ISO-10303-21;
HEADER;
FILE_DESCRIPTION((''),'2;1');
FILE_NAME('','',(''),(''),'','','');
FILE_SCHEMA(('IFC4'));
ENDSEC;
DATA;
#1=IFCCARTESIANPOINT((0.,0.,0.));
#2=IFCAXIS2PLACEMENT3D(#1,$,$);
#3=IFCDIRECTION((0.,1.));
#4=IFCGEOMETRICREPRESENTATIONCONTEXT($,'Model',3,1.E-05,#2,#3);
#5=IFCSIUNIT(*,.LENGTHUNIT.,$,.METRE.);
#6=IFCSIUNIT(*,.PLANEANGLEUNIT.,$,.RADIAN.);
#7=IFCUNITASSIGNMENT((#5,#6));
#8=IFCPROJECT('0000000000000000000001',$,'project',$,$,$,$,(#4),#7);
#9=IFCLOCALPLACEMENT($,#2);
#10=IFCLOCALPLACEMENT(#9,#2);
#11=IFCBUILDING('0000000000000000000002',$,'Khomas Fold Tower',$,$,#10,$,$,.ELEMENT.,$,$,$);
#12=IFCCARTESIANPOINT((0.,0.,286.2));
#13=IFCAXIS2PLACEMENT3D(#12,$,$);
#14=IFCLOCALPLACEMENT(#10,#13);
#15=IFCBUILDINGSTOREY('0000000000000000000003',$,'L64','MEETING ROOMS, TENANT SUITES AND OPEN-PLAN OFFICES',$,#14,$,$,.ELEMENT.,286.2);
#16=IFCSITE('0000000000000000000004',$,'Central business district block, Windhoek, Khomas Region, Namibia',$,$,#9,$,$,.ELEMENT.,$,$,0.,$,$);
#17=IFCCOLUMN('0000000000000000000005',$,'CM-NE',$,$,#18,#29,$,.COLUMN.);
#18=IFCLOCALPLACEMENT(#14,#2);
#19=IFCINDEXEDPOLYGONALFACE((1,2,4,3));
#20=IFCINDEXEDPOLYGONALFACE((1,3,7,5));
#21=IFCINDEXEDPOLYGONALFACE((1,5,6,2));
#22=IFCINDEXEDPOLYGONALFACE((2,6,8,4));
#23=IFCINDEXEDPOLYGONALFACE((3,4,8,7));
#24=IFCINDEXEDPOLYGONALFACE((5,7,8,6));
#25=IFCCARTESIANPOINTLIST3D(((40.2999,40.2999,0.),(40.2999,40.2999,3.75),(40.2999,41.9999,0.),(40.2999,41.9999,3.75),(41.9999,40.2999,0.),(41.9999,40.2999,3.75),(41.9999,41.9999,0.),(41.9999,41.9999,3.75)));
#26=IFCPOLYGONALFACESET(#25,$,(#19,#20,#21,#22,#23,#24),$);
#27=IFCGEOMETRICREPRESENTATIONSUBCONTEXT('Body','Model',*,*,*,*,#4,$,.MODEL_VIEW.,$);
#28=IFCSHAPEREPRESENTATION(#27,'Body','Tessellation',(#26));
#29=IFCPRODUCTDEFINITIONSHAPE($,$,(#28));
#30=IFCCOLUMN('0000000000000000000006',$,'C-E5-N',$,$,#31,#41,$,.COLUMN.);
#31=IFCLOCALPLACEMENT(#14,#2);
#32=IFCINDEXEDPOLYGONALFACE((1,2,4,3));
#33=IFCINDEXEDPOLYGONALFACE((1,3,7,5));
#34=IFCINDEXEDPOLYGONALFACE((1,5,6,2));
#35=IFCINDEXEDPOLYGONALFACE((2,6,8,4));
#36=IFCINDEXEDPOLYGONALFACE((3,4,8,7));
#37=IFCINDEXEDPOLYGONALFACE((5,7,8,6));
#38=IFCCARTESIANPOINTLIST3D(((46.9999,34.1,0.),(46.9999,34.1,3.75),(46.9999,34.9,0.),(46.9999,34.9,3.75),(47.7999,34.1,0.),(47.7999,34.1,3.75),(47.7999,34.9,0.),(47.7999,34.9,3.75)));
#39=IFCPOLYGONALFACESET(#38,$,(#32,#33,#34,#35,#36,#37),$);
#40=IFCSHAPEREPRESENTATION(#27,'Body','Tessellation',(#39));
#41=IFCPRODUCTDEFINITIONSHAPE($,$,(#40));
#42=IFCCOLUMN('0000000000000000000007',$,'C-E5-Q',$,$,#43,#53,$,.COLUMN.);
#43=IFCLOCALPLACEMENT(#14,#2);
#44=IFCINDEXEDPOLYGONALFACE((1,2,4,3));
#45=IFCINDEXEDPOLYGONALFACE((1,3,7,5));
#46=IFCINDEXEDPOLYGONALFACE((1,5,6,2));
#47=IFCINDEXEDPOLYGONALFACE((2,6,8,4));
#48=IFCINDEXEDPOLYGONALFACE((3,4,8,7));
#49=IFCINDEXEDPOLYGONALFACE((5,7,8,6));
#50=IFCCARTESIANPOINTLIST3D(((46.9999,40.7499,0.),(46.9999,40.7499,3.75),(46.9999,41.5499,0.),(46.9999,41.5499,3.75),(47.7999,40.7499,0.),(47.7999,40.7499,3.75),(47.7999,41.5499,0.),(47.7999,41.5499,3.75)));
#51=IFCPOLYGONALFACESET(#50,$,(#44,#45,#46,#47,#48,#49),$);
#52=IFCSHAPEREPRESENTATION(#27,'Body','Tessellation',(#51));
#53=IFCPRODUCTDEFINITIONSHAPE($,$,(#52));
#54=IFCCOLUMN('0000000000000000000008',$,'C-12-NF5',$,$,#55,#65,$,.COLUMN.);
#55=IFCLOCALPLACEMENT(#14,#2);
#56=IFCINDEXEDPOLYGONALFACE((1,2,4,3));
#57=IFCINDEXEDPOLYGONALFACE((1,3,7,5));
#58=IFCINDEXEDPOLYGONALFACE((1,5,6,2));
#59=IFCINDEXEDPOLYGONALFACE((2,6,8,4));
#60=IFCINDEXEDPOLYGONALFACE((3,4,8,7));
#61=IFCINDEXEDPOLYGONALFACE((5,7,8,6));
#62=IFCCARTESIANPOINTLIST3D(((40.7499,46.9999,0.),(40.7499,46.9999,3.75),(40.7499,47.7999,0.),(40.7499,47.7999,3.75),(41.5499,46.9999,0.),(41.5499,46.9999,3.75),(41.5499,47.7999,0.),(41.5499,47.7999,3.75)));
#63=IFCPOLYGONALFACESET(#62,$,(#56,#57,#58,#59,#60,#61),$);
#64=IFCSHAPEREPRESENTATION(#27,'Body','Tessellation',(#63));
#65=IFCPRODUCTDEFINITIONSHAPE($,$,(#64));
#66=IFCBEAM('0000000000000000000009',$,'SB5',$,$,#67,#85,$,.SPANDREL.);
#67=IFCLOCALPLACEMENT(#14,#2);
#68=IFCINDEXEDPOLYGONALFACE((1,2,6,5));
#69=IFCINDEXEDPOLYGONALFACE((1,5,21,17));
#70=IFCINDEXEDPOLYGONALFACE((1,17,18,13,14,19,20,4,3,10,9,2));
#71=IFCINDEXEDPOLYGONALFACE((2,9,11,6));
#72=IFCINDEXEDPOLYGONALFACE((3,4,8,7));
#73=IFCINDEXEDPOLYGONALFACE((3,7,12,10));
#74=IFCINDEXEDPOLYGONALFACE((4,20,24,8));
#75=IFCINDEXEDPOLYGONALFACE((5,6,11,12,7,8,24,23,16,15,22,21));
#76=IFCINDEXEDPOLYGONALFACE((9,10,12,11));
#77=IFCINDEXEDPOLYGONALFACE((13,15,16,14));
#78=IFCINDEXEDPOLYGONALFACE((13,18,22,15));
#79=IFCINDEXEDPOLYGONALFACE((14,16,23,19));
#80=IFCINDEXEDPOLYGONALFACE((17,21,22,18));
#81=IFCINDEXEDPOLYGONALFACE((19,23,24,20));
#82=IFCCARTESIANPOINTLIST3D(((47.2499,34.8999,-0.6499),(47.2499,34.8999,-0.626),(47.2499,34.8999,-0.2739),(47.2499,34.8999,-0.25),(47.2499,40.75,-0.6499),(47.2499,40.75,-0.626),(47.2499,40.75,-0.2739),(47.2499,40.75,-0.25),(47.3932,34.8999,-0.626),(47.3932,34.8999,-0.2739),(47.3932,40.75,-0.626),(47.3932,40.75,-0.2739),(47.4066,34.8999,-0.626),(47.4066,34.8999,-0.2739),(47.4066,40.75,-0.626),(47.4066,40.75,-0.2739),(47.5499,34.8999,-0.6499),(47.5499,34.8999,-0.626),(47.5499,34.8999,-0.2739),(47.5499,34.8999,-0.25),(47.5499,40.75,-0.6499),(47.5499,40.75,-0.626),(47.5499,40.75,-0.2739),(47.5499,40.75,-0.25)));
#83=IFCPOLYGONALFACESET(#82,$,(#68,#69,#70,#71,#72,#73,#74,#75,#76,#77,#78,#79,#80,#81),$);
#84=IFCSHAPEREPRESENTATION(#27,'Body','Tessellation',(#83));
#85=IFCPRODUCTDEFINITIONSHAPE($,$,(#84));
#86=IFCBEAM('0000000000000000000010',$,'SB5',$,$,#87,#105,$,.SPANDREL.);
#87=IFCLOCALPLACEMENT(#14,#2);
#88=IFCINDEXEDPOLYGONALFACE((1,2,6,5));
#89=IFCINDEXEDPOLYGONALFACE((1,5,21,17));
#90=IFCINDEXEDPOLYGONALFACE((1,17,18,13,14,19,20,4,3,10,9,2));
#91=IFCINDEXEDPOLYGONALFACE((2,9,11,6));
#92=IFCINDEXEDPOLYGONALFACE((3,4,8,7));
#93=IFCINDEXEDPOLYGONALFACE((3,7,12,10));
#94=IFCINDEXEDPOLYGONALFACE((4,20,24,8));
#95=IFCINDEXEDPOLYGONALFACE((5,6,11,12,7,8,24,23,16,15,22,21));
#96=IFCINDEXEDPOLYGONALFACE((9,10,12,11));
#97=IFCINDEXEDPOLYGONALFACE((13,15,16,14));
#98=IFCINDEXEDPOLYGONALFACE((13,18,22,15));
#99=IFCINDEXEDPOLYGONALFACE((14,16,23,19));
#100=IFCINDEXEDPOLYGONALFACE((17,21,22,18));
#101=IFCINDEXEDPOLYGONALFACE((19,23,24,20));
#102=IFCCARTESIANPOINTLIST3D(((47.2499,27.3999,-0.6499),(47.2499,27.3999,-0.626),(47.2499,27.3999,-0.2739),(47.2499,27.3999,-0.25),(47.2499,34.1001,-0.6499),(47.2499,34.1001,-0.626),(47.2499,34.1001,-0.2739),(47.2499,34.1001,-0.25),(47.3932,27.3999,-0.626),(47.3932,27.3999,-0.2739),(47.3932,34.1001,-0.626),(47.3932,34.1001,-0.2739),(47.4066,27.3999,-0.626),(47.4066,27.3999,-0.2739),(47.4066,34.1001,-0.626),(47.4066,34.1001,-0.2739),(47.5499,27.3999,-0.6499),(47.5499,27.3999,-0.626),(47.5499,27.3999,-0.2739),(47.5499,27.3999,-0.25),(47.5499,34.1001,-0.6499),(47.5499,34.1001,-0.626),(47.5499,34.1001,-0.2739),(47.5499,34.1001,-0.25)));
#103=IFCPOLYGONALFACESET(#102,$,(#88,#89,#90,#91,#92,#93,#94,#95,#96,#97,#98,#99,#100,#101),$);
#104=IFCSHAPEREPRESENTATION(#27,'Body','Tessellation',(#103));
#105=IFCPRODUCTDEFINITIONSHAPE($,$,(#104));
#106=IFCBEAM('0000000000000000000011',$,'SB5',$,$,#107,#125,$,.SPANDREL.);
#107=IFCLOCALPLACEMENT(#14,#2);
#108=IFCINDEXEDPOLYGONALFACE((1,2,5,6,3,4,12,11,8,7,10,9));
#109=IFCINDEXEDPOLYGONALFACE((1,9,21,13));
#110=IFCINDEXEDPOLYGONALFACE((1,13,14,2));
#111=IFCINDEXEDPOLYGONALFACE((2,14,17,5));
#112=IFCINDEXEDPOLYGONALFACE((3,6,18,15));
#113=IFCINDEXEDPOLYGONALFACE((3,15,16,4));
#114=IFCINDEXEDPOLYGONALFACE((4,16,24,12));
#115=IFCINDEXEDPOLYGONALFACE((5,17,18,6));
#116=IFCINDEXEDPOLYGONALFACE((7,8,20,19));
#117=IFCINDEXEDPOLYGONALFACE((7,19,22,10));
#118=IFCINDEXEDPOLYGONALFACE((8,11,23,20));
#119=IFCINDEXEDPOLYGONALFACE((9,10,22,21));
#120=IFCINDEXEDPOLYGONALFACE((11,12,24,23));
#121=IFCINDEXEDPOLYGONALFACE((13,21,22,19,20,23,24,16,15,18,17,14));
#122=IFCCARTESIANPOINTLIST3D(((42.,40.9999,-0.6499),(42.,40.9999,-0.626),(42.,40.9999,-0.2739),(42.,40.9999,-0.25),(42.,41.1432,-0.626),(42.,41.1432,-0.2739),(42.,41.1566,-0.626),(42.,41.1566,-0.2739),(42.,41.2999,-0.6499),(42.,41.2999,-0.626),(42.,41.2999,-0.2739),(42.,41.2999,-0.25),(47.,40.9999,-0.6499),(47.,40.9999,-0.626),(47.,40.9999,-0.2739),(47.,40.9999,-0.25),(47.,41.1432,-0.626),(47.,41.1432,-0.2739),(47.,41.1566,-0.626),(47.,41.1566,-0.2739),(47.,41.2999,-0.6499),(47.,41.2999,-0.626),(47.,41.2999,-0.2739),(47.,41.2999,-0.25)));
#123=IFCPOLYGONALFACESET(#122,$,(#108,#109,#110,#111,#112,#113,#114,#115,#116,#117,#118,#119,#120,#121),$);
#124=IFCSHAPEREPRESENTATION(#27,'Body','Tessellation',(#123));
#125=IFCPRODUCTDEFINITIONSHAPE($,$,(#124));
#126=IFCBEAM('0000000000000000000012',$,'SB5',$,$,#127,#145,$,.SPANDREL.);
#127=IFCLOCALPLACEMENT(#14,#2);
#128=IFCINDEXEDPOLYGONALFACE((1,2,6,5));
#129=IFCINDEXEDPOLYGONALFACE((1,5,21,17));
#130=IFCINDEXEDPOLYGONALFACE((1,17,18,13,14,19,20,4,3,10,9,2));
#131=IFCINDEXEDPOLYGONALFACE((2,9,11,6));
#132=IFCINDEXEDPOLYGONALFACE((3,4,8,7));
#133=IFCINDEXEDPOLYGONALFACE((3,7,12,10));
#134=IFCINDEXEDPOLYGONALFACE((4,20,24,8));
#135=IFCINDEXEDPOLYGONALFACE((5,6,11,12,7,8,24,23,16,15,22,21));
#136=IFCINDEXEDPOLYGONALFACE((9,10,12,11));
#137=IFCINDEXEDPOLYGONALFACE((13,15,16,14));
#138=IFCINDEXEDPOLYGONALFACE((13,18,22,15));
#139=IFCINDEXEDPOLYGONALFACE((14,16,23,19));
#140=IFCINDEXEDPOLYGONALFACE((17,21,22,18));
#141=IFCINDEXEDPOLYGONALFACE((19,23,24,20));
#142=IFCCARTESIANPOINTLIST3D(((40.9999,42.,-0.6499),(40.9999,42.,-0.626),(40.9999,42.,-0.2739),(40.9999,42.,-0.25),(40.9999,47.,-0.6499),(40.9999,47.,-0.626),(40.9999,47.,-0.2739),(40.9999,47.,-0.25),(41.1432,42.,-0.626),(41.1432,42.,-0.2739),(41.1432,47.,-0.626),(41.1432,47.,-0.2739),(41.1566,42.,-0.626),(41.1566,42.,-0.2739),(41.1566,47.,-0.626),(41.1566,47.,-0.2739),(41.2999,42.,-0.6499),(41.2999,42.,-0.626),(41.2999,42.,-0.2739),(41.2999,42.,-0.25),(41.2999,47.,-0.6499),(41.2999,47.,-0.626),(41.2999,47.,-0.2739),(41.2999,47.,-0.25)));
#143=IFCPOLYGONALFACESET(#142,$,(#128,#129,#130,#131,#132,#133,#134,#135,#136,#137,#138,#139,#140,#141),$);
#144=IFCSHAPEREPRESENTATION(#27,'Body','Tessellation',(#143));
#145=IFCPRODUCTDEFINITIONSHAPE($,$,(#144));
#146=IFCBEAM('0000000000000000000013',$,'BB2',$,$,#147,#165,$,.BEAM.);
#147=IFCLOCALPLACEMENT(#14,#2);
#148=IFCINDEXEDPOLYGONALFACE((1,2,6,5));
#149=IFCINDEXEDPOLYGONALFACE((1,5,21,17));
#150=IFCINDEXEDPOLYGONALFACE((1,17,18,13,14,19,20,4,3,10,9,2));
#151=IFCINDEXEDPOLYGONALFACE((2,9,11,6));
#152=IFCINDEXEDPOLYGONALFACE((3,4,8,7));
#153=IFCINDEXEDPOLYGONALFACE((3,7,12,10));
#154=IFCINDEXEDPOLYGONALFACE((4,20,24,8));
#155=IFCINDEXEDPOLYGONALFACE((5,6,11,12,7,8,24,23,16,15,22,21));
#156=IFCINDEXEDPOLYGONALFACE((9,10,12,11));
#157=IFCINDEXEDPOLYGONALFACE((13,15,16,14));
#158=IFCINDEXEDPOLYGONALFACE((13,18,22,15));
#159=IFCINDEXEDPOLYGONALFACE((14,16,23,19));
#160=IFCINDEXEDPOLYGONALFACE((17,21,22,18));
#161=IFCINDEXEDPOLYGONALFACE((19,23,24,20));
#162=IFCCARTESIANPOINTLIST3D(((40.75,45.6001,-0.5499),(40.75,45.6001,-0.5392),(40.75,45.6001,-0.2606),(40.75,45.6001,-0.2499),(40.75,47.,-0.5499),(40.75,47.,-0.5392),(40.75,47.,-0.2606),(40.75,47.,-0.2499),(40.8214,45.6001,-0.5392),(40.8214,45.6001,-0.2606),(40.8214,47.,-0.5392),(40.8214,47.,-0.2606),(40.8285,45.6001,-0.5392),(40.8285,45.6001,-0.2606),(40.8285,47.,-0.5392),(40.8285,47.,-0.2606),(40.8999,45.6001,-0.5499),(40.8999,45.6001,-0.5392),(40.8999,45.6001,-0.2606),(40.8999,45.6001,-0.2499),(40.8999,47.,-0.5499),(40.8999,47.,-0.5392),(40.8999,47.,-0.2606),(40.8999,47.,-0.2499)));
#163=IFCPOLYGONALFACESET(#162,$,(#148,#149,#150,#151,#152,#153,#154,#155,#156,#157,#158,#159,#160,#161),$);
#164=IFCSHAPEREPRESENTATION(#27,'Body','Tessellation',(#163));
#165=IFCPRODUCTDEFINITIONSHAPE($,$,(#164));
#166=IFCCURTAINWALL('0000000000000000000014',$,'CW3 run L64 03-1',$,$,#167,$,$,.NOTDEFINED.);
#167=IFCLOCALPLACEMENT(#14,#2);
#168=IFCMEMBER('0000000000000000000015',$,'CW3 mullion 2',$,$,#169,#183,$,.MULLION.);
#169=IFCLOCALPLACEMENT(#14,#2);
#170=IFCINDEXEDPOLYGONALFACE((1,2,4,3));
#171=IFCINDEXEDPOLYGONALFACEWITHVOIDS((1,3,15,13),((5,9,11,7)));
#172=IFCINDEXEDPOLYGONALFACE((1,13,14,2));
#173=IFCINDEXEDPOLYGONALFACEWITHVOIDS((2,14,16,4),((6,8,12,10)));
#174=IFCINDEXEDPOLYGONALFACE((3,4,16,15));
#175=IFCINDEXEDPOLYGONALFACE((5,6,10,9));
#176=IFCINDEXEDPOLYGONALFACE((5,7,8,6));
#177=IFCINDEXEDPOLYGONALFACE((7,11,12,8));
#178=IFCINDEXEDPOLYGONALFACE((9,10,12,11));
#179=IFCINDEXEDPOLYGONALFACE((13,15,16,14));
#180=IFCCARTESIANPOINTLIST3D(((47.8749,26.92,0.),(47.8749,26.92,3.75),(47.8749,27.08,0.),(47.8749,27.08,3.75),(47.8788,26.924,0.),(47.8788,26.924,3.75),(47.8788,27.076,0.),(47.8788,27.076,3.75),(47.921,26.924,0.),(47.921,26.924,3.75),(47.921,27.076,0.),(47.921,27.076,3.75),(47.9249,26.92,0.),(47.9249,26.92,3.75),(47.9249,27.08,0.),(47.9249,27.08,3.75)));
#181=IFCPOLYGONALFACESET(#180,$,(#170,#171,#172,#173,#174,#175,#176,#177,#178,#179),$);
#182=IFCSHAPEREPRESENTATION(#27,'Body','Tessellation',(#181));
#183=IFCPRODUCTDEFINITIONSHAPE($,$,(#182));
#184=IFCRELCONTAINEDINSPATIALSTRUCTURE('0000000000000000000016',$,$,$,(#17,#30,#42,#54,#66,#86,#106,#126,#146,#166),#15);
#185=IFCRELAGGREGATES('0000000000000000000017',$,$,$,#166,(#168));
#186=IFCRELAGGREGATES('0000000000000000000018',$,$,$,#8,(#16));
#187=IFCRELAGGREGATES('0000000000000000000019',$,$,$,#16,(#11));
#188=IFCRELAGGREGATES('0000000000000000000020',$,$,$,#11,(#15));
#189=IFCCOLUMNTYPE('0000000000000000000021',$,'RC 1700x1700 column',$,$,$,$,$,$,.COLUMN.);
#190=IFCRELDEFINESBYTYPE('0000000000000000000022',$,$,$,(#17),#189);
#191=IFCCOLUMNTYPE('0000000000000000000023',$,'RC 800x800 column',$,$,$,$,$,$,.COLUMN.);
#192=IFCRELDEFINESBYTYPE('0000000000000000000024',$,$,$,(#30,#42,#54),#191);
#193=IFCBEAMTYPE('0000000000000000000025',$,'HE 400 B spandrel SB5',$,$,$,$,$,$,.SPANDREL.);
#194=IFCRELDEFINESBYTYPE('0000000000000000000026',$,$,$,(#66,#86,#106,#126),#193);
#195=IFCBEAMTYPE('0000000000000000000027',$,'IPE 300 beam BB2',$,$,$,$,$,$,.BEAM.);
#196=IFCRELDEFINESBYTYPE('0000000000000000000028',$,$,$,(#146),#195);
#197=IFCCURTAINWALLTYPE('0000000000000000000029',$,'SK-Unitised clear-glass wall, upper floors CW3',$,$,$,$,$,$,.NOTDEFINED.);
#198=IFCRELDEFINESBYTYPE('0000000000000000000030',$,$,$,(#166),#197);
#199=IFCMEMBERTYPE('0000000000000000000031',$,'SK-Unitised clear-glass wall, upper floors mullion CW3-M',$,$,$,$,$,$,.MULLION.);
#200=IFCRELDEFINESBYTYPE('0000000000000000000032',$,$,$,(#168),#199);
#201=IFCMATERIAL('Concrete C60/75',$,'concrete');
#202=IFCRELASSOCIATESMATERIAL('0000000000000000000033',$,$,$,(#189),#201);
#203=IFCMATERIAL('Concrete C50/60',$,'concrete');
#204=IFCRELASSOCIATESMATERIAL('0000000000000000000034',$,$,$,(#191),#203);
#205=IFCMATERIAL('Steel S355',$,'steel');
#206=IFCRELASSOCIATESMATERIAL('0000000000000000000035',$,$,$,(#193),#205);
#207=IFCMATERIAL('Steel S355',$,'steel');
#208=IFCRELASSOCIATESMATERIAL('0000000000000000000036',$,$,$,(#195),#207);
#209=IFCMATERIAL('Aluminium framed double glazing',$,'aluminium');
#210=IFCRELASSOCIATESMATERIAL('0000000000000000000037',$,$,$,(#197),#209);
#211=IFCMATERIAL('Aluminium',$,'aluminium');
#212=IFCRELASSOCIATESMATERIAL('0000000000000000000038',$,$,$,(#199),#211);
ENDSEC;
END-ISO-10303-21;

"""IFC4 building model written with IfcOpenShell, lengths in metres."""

from ifc_helpers import new_model, si_unit, direction, frame, origin, origin_2d, place, context, subcontext, project, spatial, rectangle, hollow_rectangle, i_section, extrude, source, transform, mapped, material, material_profile, profile_set, type_object, element, aggregate, save


model = new_model("IFC4")

# Units and contexts
model_context = context("Model", 3, precision=1e-05, world=origin(), true_north=direction((0.0, 1.0)))
body_context = subcontext(model_context, "Body", "Model", "MODEL_VIEW")
ifc_project = project(units=[si_unit("LENGTHUNIT", "METRE"), si_unit("PLANEANGLEUNIT", "RADIAN")], contexts=[model_context])

# Site, building, storey
site_placement = place(None, origin())
site = spatial("IfcSite", under=ifc_project, at=site_placement, Name="Central business district block, Windhoek, Khomas Region, Namibia", CompositionType="ELEMENT", RefElevation=0.0)
building_placement = place(site_placement, origin())
building = spatial("IfcBuilding", under=site, at=building_placement, Name="Khomas Fold Tower", CompositionType="ELEMENT")
storey_placement = place(building_placement, frame((0.0, 0.0, 286.2)))
storey = spatial("IfcBuildingStorey", under=building, at=storey_placement, Name="L64", Description="MEETING ROOMS, TENANT SUITES AND OPEN-PLAN OFFICES", CompositionType="ELEMENT", Elevation=286.2)

# Columns
ifc_material_1 = material(Name="Concrete C60/75", Category="concrete")
ifc_material_profile_1 = material_profile(ifc_material_1, rectangle(XDim=1.7, YDim=1.7, at=origin_2d()), Name="RC 1700x1700")
ifc_profile_set_1 = profile_set([ifc_material_profile_1], Name="Concrete C60/75")
column_type_1 = type_object("IfcColumnType", Name="RC 1700x1700 column", PredefinedType="COLUMN", material=ifc_profile_set_1)
shared_shape_1 = source(origin(), body_context, "Body", "SweptSolid", [
    extrude(rectangle(XDim=1.7, YDim=1.7, at=origin_2d()), origin(), (0.0, 0.0, 1.0), 3.75),
])
column_placement = place(storey_placement, frame((41.1499, 41.1499, 0.0), z_axis=(0.0, 0.0, 1.0), x_axis=(1.0, 0.0, 0.0)))
element("IfcColumn", 1, at=column_placement, inside=storey, type_object=column_type_1, Name="CM-NE", PredefinedType="COLUMN", context=body_context, shape_type="MappedRepresentation", body=[
    mapped(shared_shape_1, transform((0.0, 0.0, 0.0))),
])
ifc_material_2 = material(Name="Concrete C50/60", Category="concrete")
ifc_material_profile_2 = material_profile(ifc_material_2, rectangle(XDim=0.8, YDim=0.8, at=origin_2d()), Name="RC 800x800")
ifc_profile_set_2 = profile_set([ifc_material_profile_2], Name="Concrete C50/60")
column_type_2 = type_object("IfcColumnType", Name="RC 800x800 column", PredefinedType="COLUMN", material=ifc_profile_set_2)
shared_shape_2 = source(origin(), body_context, "Body", "SweptSolid", [
    extrude(rectangle(XDim=0.8, YDim=0.8, at=origin_2d()), origin(), (0.0, 0.0, 1.0), 3.75),
])
for number, where, z_axis, x_axis, name in (
    (2, (47.3999, 34.5, 0.0), (0.0, 0.0, 1.0), (1.0, 0.0, 0.0), "C-E5-N"),
    (3, (47.3999, 41.1499, 0.0), (0.0, 0.0, 1.0), (1.0, 0.0, 0.0), "C-E5-Q"),
    (4, (41.1499, 47.3999, 0.0), (0.0, 0.0, 1.0), (1.0, 0.0, 0.0), "C-12-NF5"),
):
    element("IfcColumn", number, at=place(storey_placement, frame(where, z_axis=z_axis, x_axis=x_axis)), inside=storey, type_object=column_type_2, Name=name, PredefinedType="COLUMN", context=body_context, shape_type="MappedRepresentation", body=[
        mapped(shared_shape_2, transform((0.0, 0.0, 0.0))),
    ])

# Beams
ifc_material_3 = material(Name="Steel S355", Category="steel")
ifc_material_profile_3 = material_profile(ifc_material_3, i_section(OverallWidth=0.3, OverallDepth=0.3999, WebThickness=0.0134, FlangeThickness=0.0239, at=origin_2d()), Name="HE 400 B")
ifc_profile_set_3 = profile_set([ifc_material_profile_3], Name="Steel S355")
beam_type_1 = type_object("IfcBeamType", Name="HE 400 B spandrel SB5", PredefinedType="SPANDREL", material=ifc_profile_set_3)
shared_shape_3 = source(origin(), body_context, "Body", "SweptSolid", [
    extrude(i_section(OverallWidth=0.3, OverallDepth=0.3999, WebThickness=0.0134, FlangeThickness=0.0239, at=origin_2d()), origin(), (0.0, 0.0, 1.0), 5.8501),
])
beam_1_placement = place(storey_placement, frame((47.3999, 34.8999, -0.45), z_axis=(0.0, 1.0, 0.0), x_axis=(-1.0, 0.0, 0.0)))
element("IfcBeam", 5, at=beam_1_placement, inside=storey, type_object=beam_type_1, Name="SB5", PredefinedType="SPANDREL", context=body_context, shape_type="MappedRepresentation", body=[
    mapped(shared_shape_3, transform((0.0, 0.0, 0.0))),
])
shared_shape_4 = source(origin(), body_context, "Body", "SweptSolid", [
    extrude(i_section(OverallWidth=0.3, OverallDepth=0.3999, WebThickness=0.0134, FlangeThickness=0.0239, at=origin_2d()), origin(), (0.0, 0.0, 1.0), 6.7002),
])
beam_2_placement = place(storey_placement, frame((47.3999, 27.3999, -0.45), z_axis=(0.0, 1.0, 0.0), x_axis=(-1.0, 0.0, 0.0)))
element("IfcBeam", 6, at=beam_2_placement, inside=storey, type_object=beam_type_1, Name="SB5", PredefinedType="SPANDREL", context=body_context, shape_type="MappedRepresentation", body=[
    mapped(shared_shape_4, transform((0.0, 0.0, 0.0))),
])
shared_shape_5 = source(origin(), body_context, "Body", "SweptSolid", [
    extrude(i_section(OverallWidth=0.3, OverallDepth=0.3999, WebThickness=0.0134, FlangeThickness=0.0239, at=origin_2d()), origin(), (0.0, 0.0, 1.0), 5.0),
])
for number, where, z_axis, x_axis, name in (
    (7, (42.0, 41.1499, -0.45), (1.0, 0.0, 0.0), (0.0, 1.0, 0.0), "SB5"),
    (8, (41.1499, 42.0, -0.45), (0.0, 1.0, 0.0), (-1.0, 0.0, 0.0), "SB5"),
):
    element("IfcBeam", number, at=place(storey_placement, frame(where, z_axis=z_axis, x_axis=x_axis)), inside=storey, type_object=beam_type_1, Name=name, PredefinedType="SPANDREL", context=body_context, shape_type="MappedRepresentation", body=[
        mapped(shared_shape_5, transform((0.0, 0.0, 0.0))),
    ])
ifc_material_4 = material(Name="Steel S355", Category="steel")
ifc_material_profile_4 = material_profile(ifc_material_4, i_section(OverallWidth=0.1499, OverallDepth=0.3, WebThickness=0.0071, FlangeThickness=0.0107, at=origin_2d()), Name="IPE 300")
ifc_profile_set_4 = profile_set([ifc_material_profile_4], Name="Steel S355")
beam_type_2 = type_object("IfcBeamType", Name="IPE 300 beam BB2", PredefinedType="BEAM", material=ifc_profile_set_4)
shared_shape_6 = source(origin(), body_context, "Body", "SweptSolid", [
    extrude(i_section(OverallWidth=0.1499, OverallDepth=0.3, WebThickness=0.0071, FlangeThickness=0.0107, at=origin_2d()), origin(), (0.0, 0.0, 1.0), 1.3999),
])
beam_3_placement = place(storey_placement, frame((40.825, 45.6001, -0.3999), z_axis=(0.0, 1.0, 0.0), x_axis=(-1.0, 0.0, 0.0)))
element("IfcBeam", 9, at=beam_3_placement, inside=storey, type_object=beam_type_2, Name="BB2", PredefinedType="BEAM", context=body_context, shape_type="MappedRepresentation", body=[
    mapped(shared_shape_6, transform((0.0, 0.0, 0.0))),
])

# Curtain wall, member
ifc_material_5 = material(Name="Aluminium framed double glazing", Category="aluminium")
curtain_wall_type = type_object("IfcCurtainWallType", Name="SK-Unitised clear-glass wall, upper floors CW3", PredefinedType="NOTDEFINED", material=ifc_material_5)
curtain_wall_1_placement = place(storey_placement, origin())
curtain_wall_1 = element("IfcCurtainWall", 10, at=curtain_wall_1_placement, inside=storey, type_object=curtain_wall_type, Name="CW3 run L64 03-1", PredefinedType="NOTDEFINED")
ifc_material_6 = material(Name="Aluminium", Category="aluminium")
ifc_material_profile_5 = material_profile(ifc_material_6, hollow_rectangle(XDim=0.05, YDim=0.1599, WallThickness=0.0039, at=origin_2d()), Name="SK-Unitised clear-glass wall, upper floors mullion CW3-M")
ifc_profile_set_5 = profile_set([ifc_material_profile_5], Name="Aluminium")
member_type_1 = type_object("IfcMemberType", Name="SK-Unitised clear-glass wall, upper floors mullion CW3-M", PredefinedType="MULLION", material=ifc_profile_set_5)
shared_shape_7 = source(origin(), body_context, "Body", "SweptSolid", [
    extrude(hollow_rectangle(XDim=0.05, YDim=0.1599, WallThickness=0.0039, at=origin_2d()), origin(), (0.0, 0.0, 1.0), 3.75),
])
member_1_placement = place(storey_placement, frame((47.8999, 27.0, 0.0), z_axis=(0.0, 0.0, 1.0), x_axis=(-1.0, 0.0, 0.0)))
member_1 = element("IfcMember", 11, at=member_1_placement, type_object=member_type_1, Name="CW3 mullion 2", PredefinedType="MULLION", context=body_context, shape_type="MappedRepresentation", body=[
    mapped(shared_shape_7, transform((0.0, 0.0, 0.0))),
])

aggregate(curtain_wall_1, [member_1])

save(model, "model.ifc")
